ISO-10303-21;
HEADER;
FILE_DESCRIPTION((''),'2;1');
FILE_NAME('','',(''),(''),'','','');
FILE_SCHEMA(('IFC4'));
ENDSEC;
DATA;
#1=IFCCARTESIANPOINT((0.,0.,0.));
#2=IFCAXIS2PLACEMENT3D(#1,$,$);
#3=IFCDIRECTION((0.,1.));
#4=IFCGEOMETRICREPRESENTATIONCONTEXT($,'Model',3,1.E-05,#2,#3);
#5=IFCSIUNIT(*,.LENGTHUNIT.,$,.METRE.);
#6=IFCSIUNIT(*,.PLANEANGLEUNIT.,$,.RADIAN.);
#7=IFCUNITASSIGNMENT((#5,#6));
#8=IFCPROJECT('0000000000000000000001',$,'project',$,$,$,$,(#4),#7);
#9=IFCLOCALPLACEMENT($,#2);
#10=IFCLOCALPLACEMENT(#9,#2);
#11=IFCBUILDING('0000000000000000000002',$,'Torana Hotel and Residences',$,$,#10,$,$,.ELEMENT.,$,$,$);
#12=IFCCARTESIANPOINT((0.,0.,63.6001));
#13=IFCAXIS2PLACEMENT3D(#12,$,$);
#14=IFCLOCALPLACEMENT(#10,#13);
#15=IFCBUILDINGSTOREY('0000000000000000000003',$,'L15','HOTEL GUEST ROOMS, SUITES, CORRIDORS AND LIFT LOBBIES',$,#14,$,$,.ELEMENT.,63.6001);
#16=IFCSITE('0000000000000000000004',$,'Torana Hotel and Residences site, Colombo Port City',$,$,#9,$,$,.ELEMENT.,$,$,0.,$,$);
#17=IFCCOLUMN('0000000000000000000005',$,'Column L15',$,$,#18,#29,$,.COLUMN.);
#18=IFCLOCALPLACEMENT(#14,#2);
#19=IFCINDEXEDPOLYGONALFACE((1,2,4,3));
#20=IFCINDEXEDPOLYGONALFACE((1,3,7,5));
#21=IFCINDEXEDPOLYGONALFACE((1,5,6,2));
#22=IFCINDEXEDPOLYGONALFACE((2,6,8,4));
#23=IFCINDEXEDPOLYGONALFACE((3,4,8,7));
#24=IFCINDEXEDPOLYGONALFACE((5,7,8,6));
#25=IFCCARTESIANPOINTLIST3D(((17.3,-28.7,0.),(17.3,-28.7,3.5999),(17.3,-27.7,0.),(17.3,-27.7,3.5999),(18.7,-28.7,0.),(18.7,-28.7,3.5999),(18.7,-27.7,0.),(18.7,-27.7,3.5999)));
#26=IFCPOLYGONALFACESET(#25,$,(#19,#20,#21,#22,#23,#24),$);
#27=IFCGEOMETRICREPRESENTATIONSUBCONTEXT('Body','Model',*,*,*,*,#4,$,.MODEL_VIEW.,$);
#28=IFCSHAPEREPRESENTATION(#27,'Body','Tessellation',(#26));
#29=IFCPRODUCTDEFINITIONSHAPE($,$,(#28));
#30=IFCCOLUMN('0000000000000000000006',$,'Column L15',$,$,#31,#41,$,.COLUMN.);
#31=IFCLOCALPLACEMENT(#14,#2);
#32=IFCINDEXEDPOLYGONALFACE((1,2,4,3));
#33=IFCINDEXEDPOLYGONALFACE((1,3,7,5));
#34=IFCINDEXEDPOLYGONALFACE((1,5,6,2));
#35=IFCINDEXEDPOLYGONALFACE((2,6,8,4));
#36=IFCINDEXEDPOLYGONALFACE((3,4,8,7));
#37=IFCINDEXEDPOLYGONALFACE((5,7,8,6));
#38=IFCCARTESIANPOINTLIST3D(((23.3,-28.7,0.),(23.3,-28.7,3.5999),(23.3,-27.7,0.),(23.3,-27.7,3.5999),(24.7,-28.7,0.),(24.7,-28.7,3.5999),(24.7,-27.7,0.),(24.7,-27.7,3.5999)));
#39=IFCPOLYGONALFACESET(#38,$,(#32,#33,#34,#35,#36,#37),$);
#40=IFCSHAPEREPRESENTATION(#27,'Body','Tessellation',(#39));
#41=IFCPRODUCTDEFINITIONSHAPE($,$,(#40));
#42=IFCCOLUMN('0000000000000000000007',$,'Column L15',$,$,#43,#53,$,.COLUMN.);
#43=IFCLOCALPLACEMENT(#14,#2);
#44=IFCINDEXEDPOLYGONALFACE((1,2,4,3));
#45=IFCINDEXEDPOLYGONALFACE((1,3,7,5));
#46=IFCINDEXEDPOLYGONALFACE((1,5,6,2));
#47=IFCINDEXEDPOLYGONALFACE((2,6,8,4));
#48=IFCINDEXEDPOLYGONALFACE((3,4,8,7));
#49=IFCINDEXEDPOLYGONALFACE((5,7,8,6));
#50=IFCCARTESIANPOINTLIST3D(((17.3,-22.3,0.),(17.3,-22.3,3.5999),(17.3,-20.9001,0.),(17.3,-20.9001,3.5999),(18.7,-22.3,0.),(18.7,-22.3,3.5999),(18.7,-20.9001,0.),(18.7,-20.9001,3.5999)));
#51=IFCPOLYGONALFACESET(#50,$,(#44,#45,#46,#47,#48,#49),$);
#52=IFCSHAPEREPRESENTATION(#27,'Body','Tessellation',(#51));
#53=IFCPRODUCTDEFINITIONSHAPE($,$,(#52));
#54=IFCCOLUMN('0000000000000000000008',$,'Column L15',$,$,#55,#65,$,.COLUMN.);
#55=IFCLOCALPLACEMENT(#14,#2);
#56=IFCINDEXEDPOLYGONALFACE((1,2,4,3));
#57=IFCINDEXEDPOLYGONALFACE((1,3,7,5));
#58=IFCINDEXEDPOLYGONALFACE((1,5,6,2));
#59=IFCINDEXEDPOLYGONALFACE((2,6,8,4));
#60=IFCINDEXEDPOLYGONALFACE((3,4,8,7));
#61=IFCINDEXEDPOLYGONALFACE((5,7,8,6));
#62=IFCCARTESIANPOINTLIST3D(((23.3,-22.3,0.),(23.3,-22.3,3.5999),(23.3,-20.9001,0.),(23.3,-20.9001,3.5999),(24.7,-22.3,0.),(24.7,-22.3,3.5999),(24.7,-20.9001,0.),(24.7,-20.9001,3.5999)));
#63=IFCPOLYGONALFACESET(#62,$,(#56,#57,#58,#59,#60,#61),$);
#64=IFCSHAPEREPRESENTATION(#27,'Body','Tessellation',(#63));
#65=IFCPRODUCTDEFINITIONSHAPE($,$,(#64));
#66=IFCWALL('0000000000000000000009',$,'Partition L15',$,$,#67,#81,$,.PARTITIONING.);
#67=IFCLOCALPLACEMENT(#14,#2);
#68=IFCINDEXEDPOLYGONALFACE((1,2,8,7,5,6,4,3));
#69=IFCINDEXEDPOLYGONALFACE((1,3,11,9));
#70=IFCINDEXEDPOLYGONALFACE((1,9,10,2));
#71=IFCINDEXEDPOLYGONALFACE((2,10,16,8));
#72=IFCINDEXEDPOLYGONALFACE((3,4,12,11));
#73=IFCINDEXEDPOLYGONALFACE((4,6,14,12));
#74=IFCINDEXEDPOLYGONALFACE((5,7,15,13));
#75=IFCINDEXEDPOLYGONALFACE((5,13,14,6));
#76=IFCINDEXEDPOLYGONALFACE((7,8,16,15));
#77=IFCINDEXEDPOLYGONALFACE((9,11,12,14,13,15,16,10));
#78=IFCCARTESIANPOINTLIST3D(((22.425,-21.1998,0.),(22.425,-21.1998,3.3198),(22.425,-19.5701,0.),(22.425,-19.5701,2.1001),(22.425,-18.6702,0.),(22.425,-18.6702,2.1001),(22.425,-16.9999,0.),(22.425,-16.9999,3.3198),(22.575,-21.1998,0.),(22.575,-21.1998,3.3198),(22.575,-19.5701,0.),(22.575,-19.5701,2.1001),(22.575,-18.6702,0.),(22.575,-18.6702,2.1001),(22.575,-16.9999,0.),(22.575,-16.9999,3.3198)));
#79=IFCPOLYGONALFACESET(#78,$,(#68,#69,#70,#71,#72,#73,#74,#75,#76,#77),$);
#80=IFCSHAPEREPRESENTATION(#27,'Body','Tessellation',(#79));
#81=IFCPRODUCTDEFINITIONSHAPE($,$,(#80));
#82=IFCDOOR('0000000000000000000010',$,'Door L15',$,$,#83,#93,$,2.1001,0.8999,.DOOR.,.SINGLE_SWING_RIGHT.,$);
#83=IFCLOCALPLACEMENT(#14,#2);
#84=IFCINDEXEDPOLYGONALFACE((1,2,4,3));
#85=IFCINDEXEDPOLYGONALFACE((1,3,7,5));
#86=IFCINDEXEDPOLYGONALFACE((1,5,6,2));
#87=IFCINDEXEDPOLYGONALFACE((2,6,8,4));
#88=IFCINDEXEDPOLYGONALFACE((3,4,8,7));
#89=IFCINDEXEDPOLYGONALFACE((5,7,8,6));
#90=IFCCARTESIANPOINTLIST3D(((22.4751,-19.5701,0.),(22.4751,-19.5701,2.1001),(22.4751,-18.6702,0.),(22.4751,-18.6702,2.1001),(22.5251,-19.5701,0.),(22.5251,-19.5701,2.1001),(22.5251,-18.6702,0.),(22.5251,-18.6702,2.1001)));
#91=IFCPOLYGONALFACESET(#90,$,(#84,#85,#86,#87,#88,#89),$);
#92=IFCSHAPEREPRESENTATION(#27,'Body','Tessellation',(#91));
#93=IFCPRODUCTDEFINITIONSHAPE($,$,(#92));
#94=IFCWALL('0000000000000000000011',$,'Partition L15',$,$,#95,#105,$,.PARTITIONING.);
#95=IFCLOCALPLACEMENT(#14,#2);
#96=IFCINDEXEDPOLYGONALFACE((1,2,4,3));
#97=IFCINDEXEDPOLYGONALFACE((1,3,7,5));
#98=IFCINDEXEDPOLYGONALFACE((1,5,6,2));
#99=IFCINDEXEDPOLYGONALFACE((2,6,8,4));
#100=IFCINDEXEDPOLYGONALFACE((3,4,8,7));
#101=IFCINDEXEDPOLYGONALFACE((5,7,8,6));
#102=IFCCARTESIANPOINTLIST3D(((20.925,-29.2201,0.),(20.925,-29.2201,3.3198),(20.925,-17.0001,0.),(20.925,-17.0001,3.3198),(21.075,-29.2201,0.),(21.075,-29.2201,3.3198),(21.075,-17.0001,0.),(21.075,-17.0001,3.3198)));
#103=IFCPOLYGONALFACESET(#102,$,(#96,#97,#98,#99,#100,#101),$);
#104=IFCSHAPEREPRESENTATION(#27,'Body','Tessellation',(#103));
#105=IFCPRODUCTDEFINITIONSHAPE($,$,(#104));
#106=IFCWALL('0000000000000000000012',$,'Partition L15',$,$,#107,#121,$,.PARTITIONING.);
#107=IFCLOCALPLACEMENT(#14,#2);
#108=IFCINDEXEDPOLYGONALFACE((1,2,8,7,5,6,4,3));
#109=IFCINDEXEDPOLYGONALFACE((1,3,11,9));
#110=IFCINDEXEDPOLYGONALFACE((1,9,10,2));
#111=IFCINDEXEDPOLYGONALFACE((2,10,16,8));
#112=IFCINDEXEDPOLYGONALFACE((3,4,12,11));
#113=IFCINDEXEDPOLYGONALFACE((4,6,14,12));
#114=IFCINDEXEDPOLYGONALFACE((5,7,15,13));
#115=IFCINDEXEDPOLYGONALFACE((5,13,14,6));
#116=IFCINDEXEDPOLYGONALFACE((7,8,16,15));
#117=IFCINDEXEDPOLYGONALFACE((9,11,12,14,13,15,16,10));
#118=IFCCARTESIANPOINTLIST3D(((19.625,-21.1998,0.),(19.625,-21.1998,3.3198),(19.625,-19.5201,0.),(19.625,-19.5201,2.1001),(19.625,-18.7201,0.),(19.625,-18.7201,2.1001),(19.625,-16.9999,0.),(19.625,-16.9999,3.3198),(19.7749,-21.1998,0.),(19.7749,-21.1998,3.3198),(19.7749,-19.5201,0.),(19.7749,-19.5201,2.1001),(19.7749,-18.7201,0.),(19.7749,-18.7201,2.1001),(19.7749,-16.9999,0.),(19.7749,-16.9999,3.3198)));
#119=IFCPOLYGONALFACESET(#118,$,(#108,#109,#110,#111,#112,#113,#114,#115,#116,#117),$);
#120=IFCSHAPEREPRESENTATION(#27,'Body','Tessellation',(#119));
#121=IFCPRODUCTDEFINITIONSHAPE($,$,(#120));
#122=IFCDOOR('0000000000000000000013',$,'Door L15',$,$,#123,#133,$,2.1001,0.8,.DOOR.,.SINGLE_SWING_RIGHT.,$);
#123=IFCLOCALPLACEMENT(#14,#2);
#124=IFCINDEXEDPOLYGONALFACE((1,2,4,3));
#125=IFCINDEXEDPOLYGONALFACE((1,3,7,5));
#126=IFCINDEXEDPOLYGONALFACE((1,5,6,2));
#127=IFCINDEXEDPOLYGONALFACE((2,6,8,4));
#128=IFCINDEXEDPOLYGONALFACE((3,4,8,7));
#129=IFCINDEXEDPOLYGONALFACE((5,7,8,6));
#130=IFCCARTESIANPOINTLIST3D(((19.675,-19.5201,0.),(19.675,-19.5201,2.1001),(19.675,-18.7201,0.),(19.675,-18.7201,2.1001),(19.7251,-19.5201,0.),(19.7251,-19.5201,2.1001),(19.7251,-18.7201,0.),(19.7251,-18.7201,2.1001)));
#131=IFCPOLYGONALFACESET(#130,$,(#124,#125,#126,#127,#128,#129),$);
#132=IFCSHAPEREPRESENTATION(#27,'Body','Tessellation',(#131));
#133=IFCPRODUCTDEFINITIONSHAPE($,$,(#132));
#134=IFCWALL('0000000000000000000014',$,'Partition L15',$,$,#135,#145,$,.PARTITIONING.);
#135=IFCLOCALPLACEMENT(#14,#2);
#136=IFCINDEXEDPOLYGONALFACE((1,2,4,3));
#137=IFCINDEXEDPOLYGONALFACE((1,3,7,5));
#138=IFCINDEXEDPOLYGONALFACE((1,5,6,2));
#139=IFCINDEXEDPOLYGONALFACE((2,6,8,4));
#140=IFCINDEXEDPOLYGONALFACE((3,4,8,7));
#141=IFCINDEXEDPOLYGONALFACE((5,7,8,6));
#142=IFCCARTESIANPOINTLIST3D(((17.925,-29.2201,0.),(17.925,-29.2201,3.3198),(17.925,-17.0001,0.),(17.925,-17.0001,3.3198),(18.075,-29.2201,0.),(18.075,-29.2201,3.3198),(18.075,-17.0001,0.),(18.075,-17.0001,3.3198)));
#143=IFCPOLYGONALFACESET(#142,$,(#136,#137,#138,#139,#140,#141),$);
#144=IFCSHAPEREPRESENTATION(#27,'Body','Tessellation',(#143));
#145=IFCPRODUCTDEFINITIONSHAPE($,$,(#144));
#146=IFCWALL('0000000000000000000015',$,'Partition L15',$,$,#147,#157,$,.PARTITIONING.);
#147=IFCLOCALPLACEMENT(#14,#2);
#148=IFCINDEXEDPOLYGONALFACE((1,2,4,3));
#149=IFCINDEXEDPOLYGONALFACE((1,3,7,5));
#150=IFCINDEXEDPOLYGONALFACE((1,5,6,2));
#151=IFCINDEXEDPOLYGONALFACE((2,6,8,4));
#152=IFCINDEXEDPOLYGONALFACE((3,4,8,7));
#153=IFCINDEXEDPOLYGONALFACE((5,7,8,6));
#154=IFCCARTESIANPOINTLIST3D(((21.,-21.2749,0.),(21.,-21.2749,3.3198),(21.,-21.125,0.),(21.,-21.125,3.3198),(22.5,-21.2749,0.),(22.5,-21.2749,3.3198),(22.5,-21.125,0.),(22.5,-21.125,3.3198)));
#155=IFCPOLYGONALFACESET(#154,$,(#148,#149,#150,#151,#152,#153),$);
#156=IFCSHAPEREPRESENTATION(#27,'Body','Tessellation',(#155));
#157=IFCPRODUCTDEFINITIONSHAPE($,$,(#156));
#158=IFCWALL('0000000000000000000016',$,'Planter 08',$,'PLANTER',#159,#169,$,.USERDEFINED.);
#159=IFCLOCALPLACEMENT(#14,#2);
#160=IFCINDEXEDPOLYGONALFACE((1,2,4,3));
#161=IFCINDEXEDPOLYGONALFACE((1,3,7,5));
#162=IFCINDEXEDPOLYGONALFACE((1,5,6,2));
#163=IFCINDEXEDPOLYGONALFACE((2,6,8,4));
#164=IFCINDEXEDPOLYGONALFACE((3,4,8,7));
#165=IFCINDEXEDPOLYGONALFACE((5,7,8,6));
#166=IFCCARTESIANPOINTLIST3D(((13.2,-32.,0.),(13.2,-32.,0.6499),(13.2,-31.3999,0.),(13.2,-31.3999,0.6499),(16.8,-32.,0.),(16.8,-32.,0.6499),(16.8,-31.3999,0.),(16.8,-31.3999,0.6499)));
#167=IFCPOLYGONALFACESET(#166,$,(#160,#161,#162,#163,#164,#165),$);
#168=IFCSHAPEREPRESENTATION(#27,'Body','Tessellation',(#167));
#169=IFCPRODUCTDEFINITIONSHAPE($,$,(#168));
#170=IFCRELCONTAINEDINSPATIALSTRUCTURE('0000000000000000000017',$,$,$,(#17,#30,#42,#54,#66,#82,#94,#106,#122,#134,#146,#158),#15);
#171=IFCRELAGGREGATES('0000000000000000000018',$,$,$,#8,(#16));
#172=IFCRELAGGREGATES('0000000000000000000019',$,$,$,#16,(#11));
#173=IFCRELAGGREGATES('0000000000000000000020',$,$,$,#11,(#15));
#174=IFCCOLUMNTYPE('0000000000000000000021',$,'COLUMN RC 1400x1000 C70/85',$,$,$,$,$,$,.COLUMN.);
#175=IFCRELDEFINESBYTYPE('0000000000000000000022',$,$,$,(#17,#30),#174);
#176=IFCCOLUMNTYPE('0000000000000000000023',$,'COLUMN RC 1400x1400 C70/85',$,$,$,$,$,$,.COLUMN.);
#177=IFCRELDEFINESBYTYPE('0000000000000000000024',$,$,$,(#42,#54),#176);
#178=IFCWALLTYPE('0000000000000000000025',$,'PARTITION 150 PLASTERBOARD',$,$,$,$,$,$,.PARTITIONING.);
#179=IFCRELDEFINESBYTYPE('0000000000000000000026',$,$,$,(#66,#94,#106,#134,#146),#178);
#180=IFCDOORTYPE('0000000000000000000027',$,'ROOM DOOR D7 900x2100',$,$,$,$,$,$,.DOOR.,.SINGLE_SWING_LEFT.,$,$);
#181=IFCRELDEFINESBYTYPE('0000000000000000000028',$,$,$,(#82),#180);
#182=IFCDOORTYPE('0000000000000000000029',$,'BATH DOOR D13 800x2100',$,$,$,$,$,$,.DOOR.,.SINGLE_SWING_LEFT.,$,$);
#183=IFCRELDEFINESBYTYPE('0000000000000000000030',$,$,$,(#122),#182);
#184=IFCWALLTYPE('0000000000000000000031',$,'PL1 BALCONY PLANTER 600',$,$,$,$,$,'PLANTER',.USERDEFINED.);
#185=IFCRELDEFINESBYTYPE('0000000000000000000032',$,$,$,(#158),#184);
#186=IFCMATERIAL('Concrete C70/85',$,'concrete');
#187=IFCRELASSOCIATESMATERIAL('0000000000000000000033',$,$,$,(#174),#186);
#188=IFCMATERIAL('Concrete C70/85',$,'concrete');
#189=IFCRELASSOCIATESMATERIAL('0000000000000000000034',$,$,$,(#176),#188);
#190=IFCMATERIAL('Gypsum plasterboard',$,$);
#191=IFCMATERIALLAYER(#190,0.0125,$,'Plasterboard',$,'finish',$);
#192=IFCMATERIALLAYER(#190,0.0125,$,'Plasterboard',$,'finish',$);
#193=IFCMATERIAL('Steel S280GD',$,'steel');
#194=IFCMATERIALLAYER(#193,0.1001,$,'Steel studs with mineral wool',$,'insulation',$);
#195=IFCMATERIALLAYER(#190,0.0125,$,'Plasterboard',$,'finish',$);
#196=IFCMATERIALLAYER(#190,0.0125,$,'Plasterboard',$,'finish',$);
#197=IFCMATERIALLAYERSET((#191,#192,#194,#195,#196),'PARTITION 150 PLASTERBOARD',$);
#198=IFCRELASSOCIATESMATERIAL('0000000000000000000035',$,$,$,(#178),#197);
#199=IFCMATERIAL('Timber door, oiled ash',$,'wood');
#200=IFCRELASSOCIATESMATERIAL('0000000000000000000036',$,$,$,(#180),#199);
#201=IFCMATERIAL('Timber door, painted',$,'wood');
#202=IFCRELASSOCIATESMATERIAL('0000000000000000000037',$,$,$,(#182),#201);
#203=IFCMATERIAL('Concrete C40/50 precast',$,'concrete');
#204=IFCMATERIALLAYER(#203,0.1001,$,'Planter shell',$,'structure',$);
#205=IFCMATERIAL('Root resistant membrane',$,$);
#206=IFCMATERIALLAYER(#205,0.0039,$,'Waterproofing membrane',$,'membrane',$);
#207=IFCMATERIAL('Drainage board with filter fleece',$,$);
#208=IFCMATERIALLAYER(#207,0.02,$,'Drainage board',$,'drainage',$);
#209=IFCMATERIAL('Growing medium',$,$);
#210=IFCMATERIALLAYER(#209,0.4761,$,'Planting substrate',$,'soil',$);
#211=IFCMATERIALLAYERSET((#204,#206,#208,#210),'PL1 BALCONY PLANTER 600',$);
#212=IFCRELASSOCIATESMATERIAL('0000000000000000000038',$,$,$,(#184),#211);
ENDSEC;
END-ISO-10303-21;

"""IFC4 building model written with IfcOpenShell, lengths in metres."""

from ifc_helpers import new_model, si_unit, direction, frame, frame_2d, origin, origin_2d, place, context, subcontext, project, spatial, rectangle, extrude, material, layer, layer_set, material_profile, profile_set, type_object, element, fill, save


model = new_model("IFC4")

# Units and contexts
model_context = context("Model", 3, precision=1e-05, world=origin(), true_north=direction((0.0, 1.0)))
body_context = subcontext(model_context, "Body", "Model", "MODEL_VIEW")
ifc_project = project(units=[si_unit("LENGTHUNIT", "METRE"), si_unit("PLANEANGLEUNIT", "RADIAN")], contexts=[model_context])

# Site, building, storey
site_placement = place(None, origin())
site = spatial("IfcSite", under=ifc_project, at=site_placement, Name="Torana Hotel and Residences site, Colombo Port City", CompositionType="ELEMENT", RefElevation=0.0)
building_placement = place(site_placement, origin())
building = spatial("IfcBuilding", under=site, at=building_placement, Name="Torana Hotel and Residences", CompositionType="ELEMENT")
storey_placement = place(building_placement, frame((0.0, 0.0, 63.6001)))
storey = spatial("IfcBuildingStorey", under=building, at=storey_placement, Name="L15", Description="HOTEL GUEST ROOMS, SUITES, CORRIDORS AND LIFT LOBBIES", CompositionType="ELEMENT", Elevation=63.6001)

# Columns
ifc_material_1 = material(Name="Concrete C70/85", Category="concrete")
ifc_material_profile_1 = material_profile(ifc_material_1, rectangle(XDim=1.3999, YDim=1.0, at=origin_2d()), Name="RC 1400x1000")
ifc_profile_set_1 = profile_set([ifc_material_profile_1], Name="Concrete C70/85")
column_type_1 = type_object("IfcColumnType", Name="COLUMN RC 1400x1000 C70/85", PredefinedType="COLUMN", material=ifc_profile_set_1)
for number, where, z_axis, x_axis, name in (
    (1, (18.0, -28.2, 0.0), (0.0, 0.0, 1.0), (1.0, 0.0, 0.0), "Column L15"),
    (2, (24.0, -28.2, 0.0), (0.0, 0.0, 1.0), (1.0, 0.0, 0.0), "Column L15"),
):
    element("IfcColumn", number, at=place(storey_placement, frame(where, z_axis=z_axis, x_axis=x_axis)), inside=storey, type_object=column_type_1, Name=name, PredefinedType="COLUMN", context=body_context, shape_type="SweptSolid", body=[
        extrude(rectangle(XDim=1.3999, YDim=1.0, at=origin_2d()), origin(), (0.0, 0.0, 1.0), 3.5999),
    ])
ifc_material_2 = material(Name="Concrete C70/85", Category="concrete")
ifc_material_profile_2 = material_profile(ifc_material_2, rectangle(XDim=1.3999, YDim=1.3999, at=origin_2d()), Name="RC 1400x1400")
ifc_profile_set_2 = profile_set([ifc_material_profile_2], Name="Concrete C70/85")
column_type_2 = type_object("IfcColumnType", Name="COLUMN RC 1400x1400 C70/85", PredefinedType="COLUMN", material=ifc_profile_set_2)
for number, where, z_axis, x_axis, name in (
    (3, (18.0, -21.6001, 0.0), (0.0, 0.0, 1.0), (1.0, 0.0, 0.0), "Column L15"),
    (4, (24.0, -21.6001, 0.0), (0.0, 0.0, 1.0), (1.0, 0.0, 0.0), "Column L15"),
):
    element("IfcColumn", number, at=place(storey_placement, frame(where, z_axis=z_axis, x_axis=x_axis)), inside=storey, type_object=column_type_2, Name=name, PredefinedType="COLUMN", context=body_context, shape_type="SweptSolid", body=[
        extrude(rectangle(XDim=1.3999, YDim=1.3999, at=origin_2d()), origin(), (0.0, 0.0, 1.0), 3.5999),
    ])

# Wall, opening, door
ifc_material_3 = material(Name="Gypsum plasterboard")
ifc_layer_1 = layer(ifc_material_3, 0.0125, Name="Plasterboard", Category="finish")
ifc_layer_2 = layer(ifc_material_3, 0.0125, Name="Plasterboard", Category="finish")
ifc_material_4 = material(Name="Steel S280GD", Category="steel")
ifc_layer_3 = layer(ifc_material_4, 0.1001, Name="Steel studs with mineral wool", Category="insulation")
ifc_layer_4 = layer(ifc_material_3, 0.0125, Name="Plasterboard", Category="finish")
ifc_layer_5 = layer(ifc_material_3, 0.0125, Name="Plasterboard", Category="finish")
ifc_layer_set_1 = layer_set([ifc_layer_1, ifc_layer_2, ifc_layer_3, ifc_layer_4, ifc_layer_5], Name="PARTITION 150 PLASTERBOARD")
wall_type_1 = type_object("IfcWallType", Name="PARTITION 150 PLASTERBOARD", PredefinedType="PARTITIONING", material=ifc_layer_set_1)
wall_1_placement = place(storey_placement, frame((22.5, -21.2, 0.0), z_axis=(0.0, 0.0, 1.0), x_axis=(0.0, 1.0, 0.0)))
wall_1 = element("IfcWall", 5, at=wall_1_placement, inside=storey, type_object=wall_type_1, Name="Partition L15", PredefinedType="PARTITIONING", context=body_context, shape_type="SweptSolid", body=[
    extrude(rectangle(XDim=4.2, YDim=0.1499, at=frame_2d((2.1001, 0.0))), origin(), (0.0, 0.0, 1.0), 3.3198),
])
opening_1_placement = place(wall_1_placement, frame((1.6299, 0.0, 0.0)))
opening_1 = element("IfcOpeningElement", 6, at=opening_1_placement, cuts=wall_1, PredefinedType="OPENING", context=body_context, shape_type="SweptSolid", body=[
    extrude(rectangle(XDim=0.8999, YDim=2.1001, at=frame_2d((0.45, 1.05))), frame((0.0, 0.085, 0.0), z_axis=(0.0, -1.0, 0.0), x_axis=(1.0, 0.0, 0.0)), (0.0, 0.0, 1.0), 0.1699),
])
ifc_material_5 = material(Name="Timber door, oiled ash", Category="wood")
door_type_1 = type_object("IfcDoorType", Name="ROOM DOOR D7 900x2100", OperationType="SINGLE_SWING_LEFT", PredefinedType="DOOR", material=ifc_material_5)
door_1_placement = place(opening_1_placement, origin())
door_1 = element("IfcDoor", 7, at=door_1_placement, inside=storey, type_object=door_type_1, Name="Door L15", OperationType="SINGLE_SWING_RIGHT", OverallHeight=2.1001, OverallWidth=0.8999, PredefinedType="DOOR", context=body_context, shape_type="SweptSolid", body=[
    extrude(rectangle(XDim=0.8999, YDim=2.1001, at=frame_2d((0.45, 1.05))), frame((0.0, 0.0249, 0.0), z_axis=(0.0, -1.0, 0.0), x_axis=(1.0, 0.0, 0.0)), (0.0, 0.0, 1.0), 0.05),
])
fill(opening_1, door_1)

# Wall
wall_2_placement = place(storey_placement, frame((21.0, -29.22, 0.0), z_axis=(0.0, 0.0, 1.0), x_axis=(0.0, 1.0, 0.0)))
element("IfcWall", 8, at=wall_2_placement, inside=storey, type_object=wall_type_1, Name="Partition L15", PredefinedType="PARTITIONING", context=body_context, shape_type="SweptSolid", body=[
    extrude(rectangle(XDim=12.22, YDim=0.1499, at=frame_2d((6.1099, 0.0))), origin(), (0.0, 0.0, 1.0), 3.3198),
])

# Wall, opening, door
wall_3_placement = place(storey_placement, frame((19.7, -21.2, 0.0), z_axis=(0.0, 0.0, 1.0), x_axis=(0.0, 1.0, 0.0)))
wall_3 = element("IfcWall", 9, at=wall_3_placement, inside=storey, type_object=wall_type_1, Name="Partition L15", PredefinedType="PARTITIONING", context=body_context, shape_type="SweptSolid", body=[
    extrude(rectangle(XDim=4.2, YDim=0.1499, at=frame_2d((2.1001, 0.0))), origin(), (0.0, 0.0, 1.0), 3.3198),
])
opening_2_placement = place(wall_3_placement, frame((1.6799, 0.0, 0.0)))
opening_2 = element("IfcOpeningElement", 10, at=opening_2_placement, cuts=wall_3, PredefinedType="OPENING", context=body_context, shape_type="SweptSolid", body=[
    extrude(rectangle(XDim=0.8, YDim=2.1001, at=frame_2d((0.3999, 1.05))), frame((0.0, 0.085, 0.0), z_axis=(0.0, -1.0, 0.0), x_axis=(1.0, 0.0, 0.0)), (0.0, 0.0, 1.0), 0.1699),
])
ifc_material_6 = material(Name="Timber door, painted", Category="wood")
door_type_2 = type_object("IfcDoorType", Name="BATH DOOR D13 800x2100", OperationType="SINGLE_SWING_LEFT", PredefinedType="DOOR", material=ifc_material_6)
door_2_placement = place(opening_2_placement, origin())
door_2 = element("IfcDoor", 11, at=door_2_placement, inside=storey, type_object=door_type_2, Name="Door L15", OperationType="SINGLE_SWING_RIGHT", OverallHeight=2.1001, OverallWidth=0.8, PredefinedType="DOOR", context=body_context, shape_type="SweptSolid", body=[
    extrude(rectangle(XDim=0.8, YDim=2.1001, at=frame_2d((0.3999, 1.05))), frame((0.0, 0.0249, 0.0), z_axis=(0.0, -1.0, 0.0), x_axis=(1.0, 0.0, 0.0)), (0.0, 0.0, 1.0), 0.05),
])
fill(opening_2, door_2)

# Walls
wall_4_placement = place(storey_placement, frame((18.0, -29.22, 0.0), z_axis=(0.0, 0.0, 1.0), x_axis=(0.0, 1.0, 0.0)))
element("IfcWall", 12, at=wall_4_placement, inside=storey, type_object=wall_type_1, Name="Partition L15", PredefinedType="PARTITIONING", context=body_context, shape_type="SweptSolid", body=[
    extrude(rectangle(XDim=12.22, YDim=0.1499, at=frame_2d((6.1099, 0.0))), origin(), (0.0, 0.0, 1.0), 3.3198),
])
wall_5_placement = place(storey_placement, frame((21.0, -21.2, 0.0), z_axis=(0.0, 0.0, 1.0), x_axis=(1.0, 0.0, 0.0)))
element("IfcWall", 13, at=wall_5_placement, inside=storey, type_object=wall_type_1, Name="Partition L15", PredefinedType="PARTITIONING", context=body_context, shape_type="SweptSolid", body=[
    extrude(rectangle(XDim=1.5, YDim=0.1499, at=frame_2d((0.75, 0.0))), origin(), (0.0, 0.0, 1.0), 3.3198),
])
ifc_material_7 = material(Name="Concrete C40/50 precast", Category="concrete")
ifc_layer_6 = layer(ifc_material_7, 0.1001, Name="Planter shell", Category="structure")
ifc_material_8 = material(Name="Root resistant membrane")
ifc_layer_7 = layer(ifc_material_8, 0.0039, Name="Waterproofing membrane", Category="membrane")
ifc_material_9 = material(Name="Drainage board with filter fleece")
ifc_layer_8 = layer(ifc_material_9, 0.02, Name="Drainage board", Category="drainage")
ifc_material_10 = material(Name="Growing medium")
ifc_layer_9 = layer(ifc_material_10, 0.4761, Name="Planting substrate", Category="soil")
ifc_layer_set_2 = layer_set([ifc_layer_6, ifc_layer_7, ifc_layer_8, ifc_layer_9], Name="PL1 BALCONY PLANTER 600")
wall_type_2 = type_object("IfcWallType", Name="PL1 BALCONY PLANTER 600", ElementType="PLANTER", PredefinedType="USERDEFINED", material=ifc_layer_set_2)
for number, where, z_axis, x_axis, name in (
    (14, (16.8, -31.7, 0.0), (0.0, 0.0, 1.0), (-1.0, 0.0, 0.0), "Planter 08"),
):
    element("IfcWall", number, at=place(storey_placement, frame(where, z_axis=z_axis, x_axis=x_axis)), inside=storey, type_object=wall_type_2, Name=name, ObjectType="PLANTER", PredefinedType="USERDEFINED", context=body_context, shape_type="SweptSolid", body=[
        extrude(rectangle(XDim=3.6001, YDim=0.6001, at=frame_2d((1.8, 0.0))), origin(), (0.0, 0.0, 1.0), 0.6499),
    ])

save(model, "model.ifc")
